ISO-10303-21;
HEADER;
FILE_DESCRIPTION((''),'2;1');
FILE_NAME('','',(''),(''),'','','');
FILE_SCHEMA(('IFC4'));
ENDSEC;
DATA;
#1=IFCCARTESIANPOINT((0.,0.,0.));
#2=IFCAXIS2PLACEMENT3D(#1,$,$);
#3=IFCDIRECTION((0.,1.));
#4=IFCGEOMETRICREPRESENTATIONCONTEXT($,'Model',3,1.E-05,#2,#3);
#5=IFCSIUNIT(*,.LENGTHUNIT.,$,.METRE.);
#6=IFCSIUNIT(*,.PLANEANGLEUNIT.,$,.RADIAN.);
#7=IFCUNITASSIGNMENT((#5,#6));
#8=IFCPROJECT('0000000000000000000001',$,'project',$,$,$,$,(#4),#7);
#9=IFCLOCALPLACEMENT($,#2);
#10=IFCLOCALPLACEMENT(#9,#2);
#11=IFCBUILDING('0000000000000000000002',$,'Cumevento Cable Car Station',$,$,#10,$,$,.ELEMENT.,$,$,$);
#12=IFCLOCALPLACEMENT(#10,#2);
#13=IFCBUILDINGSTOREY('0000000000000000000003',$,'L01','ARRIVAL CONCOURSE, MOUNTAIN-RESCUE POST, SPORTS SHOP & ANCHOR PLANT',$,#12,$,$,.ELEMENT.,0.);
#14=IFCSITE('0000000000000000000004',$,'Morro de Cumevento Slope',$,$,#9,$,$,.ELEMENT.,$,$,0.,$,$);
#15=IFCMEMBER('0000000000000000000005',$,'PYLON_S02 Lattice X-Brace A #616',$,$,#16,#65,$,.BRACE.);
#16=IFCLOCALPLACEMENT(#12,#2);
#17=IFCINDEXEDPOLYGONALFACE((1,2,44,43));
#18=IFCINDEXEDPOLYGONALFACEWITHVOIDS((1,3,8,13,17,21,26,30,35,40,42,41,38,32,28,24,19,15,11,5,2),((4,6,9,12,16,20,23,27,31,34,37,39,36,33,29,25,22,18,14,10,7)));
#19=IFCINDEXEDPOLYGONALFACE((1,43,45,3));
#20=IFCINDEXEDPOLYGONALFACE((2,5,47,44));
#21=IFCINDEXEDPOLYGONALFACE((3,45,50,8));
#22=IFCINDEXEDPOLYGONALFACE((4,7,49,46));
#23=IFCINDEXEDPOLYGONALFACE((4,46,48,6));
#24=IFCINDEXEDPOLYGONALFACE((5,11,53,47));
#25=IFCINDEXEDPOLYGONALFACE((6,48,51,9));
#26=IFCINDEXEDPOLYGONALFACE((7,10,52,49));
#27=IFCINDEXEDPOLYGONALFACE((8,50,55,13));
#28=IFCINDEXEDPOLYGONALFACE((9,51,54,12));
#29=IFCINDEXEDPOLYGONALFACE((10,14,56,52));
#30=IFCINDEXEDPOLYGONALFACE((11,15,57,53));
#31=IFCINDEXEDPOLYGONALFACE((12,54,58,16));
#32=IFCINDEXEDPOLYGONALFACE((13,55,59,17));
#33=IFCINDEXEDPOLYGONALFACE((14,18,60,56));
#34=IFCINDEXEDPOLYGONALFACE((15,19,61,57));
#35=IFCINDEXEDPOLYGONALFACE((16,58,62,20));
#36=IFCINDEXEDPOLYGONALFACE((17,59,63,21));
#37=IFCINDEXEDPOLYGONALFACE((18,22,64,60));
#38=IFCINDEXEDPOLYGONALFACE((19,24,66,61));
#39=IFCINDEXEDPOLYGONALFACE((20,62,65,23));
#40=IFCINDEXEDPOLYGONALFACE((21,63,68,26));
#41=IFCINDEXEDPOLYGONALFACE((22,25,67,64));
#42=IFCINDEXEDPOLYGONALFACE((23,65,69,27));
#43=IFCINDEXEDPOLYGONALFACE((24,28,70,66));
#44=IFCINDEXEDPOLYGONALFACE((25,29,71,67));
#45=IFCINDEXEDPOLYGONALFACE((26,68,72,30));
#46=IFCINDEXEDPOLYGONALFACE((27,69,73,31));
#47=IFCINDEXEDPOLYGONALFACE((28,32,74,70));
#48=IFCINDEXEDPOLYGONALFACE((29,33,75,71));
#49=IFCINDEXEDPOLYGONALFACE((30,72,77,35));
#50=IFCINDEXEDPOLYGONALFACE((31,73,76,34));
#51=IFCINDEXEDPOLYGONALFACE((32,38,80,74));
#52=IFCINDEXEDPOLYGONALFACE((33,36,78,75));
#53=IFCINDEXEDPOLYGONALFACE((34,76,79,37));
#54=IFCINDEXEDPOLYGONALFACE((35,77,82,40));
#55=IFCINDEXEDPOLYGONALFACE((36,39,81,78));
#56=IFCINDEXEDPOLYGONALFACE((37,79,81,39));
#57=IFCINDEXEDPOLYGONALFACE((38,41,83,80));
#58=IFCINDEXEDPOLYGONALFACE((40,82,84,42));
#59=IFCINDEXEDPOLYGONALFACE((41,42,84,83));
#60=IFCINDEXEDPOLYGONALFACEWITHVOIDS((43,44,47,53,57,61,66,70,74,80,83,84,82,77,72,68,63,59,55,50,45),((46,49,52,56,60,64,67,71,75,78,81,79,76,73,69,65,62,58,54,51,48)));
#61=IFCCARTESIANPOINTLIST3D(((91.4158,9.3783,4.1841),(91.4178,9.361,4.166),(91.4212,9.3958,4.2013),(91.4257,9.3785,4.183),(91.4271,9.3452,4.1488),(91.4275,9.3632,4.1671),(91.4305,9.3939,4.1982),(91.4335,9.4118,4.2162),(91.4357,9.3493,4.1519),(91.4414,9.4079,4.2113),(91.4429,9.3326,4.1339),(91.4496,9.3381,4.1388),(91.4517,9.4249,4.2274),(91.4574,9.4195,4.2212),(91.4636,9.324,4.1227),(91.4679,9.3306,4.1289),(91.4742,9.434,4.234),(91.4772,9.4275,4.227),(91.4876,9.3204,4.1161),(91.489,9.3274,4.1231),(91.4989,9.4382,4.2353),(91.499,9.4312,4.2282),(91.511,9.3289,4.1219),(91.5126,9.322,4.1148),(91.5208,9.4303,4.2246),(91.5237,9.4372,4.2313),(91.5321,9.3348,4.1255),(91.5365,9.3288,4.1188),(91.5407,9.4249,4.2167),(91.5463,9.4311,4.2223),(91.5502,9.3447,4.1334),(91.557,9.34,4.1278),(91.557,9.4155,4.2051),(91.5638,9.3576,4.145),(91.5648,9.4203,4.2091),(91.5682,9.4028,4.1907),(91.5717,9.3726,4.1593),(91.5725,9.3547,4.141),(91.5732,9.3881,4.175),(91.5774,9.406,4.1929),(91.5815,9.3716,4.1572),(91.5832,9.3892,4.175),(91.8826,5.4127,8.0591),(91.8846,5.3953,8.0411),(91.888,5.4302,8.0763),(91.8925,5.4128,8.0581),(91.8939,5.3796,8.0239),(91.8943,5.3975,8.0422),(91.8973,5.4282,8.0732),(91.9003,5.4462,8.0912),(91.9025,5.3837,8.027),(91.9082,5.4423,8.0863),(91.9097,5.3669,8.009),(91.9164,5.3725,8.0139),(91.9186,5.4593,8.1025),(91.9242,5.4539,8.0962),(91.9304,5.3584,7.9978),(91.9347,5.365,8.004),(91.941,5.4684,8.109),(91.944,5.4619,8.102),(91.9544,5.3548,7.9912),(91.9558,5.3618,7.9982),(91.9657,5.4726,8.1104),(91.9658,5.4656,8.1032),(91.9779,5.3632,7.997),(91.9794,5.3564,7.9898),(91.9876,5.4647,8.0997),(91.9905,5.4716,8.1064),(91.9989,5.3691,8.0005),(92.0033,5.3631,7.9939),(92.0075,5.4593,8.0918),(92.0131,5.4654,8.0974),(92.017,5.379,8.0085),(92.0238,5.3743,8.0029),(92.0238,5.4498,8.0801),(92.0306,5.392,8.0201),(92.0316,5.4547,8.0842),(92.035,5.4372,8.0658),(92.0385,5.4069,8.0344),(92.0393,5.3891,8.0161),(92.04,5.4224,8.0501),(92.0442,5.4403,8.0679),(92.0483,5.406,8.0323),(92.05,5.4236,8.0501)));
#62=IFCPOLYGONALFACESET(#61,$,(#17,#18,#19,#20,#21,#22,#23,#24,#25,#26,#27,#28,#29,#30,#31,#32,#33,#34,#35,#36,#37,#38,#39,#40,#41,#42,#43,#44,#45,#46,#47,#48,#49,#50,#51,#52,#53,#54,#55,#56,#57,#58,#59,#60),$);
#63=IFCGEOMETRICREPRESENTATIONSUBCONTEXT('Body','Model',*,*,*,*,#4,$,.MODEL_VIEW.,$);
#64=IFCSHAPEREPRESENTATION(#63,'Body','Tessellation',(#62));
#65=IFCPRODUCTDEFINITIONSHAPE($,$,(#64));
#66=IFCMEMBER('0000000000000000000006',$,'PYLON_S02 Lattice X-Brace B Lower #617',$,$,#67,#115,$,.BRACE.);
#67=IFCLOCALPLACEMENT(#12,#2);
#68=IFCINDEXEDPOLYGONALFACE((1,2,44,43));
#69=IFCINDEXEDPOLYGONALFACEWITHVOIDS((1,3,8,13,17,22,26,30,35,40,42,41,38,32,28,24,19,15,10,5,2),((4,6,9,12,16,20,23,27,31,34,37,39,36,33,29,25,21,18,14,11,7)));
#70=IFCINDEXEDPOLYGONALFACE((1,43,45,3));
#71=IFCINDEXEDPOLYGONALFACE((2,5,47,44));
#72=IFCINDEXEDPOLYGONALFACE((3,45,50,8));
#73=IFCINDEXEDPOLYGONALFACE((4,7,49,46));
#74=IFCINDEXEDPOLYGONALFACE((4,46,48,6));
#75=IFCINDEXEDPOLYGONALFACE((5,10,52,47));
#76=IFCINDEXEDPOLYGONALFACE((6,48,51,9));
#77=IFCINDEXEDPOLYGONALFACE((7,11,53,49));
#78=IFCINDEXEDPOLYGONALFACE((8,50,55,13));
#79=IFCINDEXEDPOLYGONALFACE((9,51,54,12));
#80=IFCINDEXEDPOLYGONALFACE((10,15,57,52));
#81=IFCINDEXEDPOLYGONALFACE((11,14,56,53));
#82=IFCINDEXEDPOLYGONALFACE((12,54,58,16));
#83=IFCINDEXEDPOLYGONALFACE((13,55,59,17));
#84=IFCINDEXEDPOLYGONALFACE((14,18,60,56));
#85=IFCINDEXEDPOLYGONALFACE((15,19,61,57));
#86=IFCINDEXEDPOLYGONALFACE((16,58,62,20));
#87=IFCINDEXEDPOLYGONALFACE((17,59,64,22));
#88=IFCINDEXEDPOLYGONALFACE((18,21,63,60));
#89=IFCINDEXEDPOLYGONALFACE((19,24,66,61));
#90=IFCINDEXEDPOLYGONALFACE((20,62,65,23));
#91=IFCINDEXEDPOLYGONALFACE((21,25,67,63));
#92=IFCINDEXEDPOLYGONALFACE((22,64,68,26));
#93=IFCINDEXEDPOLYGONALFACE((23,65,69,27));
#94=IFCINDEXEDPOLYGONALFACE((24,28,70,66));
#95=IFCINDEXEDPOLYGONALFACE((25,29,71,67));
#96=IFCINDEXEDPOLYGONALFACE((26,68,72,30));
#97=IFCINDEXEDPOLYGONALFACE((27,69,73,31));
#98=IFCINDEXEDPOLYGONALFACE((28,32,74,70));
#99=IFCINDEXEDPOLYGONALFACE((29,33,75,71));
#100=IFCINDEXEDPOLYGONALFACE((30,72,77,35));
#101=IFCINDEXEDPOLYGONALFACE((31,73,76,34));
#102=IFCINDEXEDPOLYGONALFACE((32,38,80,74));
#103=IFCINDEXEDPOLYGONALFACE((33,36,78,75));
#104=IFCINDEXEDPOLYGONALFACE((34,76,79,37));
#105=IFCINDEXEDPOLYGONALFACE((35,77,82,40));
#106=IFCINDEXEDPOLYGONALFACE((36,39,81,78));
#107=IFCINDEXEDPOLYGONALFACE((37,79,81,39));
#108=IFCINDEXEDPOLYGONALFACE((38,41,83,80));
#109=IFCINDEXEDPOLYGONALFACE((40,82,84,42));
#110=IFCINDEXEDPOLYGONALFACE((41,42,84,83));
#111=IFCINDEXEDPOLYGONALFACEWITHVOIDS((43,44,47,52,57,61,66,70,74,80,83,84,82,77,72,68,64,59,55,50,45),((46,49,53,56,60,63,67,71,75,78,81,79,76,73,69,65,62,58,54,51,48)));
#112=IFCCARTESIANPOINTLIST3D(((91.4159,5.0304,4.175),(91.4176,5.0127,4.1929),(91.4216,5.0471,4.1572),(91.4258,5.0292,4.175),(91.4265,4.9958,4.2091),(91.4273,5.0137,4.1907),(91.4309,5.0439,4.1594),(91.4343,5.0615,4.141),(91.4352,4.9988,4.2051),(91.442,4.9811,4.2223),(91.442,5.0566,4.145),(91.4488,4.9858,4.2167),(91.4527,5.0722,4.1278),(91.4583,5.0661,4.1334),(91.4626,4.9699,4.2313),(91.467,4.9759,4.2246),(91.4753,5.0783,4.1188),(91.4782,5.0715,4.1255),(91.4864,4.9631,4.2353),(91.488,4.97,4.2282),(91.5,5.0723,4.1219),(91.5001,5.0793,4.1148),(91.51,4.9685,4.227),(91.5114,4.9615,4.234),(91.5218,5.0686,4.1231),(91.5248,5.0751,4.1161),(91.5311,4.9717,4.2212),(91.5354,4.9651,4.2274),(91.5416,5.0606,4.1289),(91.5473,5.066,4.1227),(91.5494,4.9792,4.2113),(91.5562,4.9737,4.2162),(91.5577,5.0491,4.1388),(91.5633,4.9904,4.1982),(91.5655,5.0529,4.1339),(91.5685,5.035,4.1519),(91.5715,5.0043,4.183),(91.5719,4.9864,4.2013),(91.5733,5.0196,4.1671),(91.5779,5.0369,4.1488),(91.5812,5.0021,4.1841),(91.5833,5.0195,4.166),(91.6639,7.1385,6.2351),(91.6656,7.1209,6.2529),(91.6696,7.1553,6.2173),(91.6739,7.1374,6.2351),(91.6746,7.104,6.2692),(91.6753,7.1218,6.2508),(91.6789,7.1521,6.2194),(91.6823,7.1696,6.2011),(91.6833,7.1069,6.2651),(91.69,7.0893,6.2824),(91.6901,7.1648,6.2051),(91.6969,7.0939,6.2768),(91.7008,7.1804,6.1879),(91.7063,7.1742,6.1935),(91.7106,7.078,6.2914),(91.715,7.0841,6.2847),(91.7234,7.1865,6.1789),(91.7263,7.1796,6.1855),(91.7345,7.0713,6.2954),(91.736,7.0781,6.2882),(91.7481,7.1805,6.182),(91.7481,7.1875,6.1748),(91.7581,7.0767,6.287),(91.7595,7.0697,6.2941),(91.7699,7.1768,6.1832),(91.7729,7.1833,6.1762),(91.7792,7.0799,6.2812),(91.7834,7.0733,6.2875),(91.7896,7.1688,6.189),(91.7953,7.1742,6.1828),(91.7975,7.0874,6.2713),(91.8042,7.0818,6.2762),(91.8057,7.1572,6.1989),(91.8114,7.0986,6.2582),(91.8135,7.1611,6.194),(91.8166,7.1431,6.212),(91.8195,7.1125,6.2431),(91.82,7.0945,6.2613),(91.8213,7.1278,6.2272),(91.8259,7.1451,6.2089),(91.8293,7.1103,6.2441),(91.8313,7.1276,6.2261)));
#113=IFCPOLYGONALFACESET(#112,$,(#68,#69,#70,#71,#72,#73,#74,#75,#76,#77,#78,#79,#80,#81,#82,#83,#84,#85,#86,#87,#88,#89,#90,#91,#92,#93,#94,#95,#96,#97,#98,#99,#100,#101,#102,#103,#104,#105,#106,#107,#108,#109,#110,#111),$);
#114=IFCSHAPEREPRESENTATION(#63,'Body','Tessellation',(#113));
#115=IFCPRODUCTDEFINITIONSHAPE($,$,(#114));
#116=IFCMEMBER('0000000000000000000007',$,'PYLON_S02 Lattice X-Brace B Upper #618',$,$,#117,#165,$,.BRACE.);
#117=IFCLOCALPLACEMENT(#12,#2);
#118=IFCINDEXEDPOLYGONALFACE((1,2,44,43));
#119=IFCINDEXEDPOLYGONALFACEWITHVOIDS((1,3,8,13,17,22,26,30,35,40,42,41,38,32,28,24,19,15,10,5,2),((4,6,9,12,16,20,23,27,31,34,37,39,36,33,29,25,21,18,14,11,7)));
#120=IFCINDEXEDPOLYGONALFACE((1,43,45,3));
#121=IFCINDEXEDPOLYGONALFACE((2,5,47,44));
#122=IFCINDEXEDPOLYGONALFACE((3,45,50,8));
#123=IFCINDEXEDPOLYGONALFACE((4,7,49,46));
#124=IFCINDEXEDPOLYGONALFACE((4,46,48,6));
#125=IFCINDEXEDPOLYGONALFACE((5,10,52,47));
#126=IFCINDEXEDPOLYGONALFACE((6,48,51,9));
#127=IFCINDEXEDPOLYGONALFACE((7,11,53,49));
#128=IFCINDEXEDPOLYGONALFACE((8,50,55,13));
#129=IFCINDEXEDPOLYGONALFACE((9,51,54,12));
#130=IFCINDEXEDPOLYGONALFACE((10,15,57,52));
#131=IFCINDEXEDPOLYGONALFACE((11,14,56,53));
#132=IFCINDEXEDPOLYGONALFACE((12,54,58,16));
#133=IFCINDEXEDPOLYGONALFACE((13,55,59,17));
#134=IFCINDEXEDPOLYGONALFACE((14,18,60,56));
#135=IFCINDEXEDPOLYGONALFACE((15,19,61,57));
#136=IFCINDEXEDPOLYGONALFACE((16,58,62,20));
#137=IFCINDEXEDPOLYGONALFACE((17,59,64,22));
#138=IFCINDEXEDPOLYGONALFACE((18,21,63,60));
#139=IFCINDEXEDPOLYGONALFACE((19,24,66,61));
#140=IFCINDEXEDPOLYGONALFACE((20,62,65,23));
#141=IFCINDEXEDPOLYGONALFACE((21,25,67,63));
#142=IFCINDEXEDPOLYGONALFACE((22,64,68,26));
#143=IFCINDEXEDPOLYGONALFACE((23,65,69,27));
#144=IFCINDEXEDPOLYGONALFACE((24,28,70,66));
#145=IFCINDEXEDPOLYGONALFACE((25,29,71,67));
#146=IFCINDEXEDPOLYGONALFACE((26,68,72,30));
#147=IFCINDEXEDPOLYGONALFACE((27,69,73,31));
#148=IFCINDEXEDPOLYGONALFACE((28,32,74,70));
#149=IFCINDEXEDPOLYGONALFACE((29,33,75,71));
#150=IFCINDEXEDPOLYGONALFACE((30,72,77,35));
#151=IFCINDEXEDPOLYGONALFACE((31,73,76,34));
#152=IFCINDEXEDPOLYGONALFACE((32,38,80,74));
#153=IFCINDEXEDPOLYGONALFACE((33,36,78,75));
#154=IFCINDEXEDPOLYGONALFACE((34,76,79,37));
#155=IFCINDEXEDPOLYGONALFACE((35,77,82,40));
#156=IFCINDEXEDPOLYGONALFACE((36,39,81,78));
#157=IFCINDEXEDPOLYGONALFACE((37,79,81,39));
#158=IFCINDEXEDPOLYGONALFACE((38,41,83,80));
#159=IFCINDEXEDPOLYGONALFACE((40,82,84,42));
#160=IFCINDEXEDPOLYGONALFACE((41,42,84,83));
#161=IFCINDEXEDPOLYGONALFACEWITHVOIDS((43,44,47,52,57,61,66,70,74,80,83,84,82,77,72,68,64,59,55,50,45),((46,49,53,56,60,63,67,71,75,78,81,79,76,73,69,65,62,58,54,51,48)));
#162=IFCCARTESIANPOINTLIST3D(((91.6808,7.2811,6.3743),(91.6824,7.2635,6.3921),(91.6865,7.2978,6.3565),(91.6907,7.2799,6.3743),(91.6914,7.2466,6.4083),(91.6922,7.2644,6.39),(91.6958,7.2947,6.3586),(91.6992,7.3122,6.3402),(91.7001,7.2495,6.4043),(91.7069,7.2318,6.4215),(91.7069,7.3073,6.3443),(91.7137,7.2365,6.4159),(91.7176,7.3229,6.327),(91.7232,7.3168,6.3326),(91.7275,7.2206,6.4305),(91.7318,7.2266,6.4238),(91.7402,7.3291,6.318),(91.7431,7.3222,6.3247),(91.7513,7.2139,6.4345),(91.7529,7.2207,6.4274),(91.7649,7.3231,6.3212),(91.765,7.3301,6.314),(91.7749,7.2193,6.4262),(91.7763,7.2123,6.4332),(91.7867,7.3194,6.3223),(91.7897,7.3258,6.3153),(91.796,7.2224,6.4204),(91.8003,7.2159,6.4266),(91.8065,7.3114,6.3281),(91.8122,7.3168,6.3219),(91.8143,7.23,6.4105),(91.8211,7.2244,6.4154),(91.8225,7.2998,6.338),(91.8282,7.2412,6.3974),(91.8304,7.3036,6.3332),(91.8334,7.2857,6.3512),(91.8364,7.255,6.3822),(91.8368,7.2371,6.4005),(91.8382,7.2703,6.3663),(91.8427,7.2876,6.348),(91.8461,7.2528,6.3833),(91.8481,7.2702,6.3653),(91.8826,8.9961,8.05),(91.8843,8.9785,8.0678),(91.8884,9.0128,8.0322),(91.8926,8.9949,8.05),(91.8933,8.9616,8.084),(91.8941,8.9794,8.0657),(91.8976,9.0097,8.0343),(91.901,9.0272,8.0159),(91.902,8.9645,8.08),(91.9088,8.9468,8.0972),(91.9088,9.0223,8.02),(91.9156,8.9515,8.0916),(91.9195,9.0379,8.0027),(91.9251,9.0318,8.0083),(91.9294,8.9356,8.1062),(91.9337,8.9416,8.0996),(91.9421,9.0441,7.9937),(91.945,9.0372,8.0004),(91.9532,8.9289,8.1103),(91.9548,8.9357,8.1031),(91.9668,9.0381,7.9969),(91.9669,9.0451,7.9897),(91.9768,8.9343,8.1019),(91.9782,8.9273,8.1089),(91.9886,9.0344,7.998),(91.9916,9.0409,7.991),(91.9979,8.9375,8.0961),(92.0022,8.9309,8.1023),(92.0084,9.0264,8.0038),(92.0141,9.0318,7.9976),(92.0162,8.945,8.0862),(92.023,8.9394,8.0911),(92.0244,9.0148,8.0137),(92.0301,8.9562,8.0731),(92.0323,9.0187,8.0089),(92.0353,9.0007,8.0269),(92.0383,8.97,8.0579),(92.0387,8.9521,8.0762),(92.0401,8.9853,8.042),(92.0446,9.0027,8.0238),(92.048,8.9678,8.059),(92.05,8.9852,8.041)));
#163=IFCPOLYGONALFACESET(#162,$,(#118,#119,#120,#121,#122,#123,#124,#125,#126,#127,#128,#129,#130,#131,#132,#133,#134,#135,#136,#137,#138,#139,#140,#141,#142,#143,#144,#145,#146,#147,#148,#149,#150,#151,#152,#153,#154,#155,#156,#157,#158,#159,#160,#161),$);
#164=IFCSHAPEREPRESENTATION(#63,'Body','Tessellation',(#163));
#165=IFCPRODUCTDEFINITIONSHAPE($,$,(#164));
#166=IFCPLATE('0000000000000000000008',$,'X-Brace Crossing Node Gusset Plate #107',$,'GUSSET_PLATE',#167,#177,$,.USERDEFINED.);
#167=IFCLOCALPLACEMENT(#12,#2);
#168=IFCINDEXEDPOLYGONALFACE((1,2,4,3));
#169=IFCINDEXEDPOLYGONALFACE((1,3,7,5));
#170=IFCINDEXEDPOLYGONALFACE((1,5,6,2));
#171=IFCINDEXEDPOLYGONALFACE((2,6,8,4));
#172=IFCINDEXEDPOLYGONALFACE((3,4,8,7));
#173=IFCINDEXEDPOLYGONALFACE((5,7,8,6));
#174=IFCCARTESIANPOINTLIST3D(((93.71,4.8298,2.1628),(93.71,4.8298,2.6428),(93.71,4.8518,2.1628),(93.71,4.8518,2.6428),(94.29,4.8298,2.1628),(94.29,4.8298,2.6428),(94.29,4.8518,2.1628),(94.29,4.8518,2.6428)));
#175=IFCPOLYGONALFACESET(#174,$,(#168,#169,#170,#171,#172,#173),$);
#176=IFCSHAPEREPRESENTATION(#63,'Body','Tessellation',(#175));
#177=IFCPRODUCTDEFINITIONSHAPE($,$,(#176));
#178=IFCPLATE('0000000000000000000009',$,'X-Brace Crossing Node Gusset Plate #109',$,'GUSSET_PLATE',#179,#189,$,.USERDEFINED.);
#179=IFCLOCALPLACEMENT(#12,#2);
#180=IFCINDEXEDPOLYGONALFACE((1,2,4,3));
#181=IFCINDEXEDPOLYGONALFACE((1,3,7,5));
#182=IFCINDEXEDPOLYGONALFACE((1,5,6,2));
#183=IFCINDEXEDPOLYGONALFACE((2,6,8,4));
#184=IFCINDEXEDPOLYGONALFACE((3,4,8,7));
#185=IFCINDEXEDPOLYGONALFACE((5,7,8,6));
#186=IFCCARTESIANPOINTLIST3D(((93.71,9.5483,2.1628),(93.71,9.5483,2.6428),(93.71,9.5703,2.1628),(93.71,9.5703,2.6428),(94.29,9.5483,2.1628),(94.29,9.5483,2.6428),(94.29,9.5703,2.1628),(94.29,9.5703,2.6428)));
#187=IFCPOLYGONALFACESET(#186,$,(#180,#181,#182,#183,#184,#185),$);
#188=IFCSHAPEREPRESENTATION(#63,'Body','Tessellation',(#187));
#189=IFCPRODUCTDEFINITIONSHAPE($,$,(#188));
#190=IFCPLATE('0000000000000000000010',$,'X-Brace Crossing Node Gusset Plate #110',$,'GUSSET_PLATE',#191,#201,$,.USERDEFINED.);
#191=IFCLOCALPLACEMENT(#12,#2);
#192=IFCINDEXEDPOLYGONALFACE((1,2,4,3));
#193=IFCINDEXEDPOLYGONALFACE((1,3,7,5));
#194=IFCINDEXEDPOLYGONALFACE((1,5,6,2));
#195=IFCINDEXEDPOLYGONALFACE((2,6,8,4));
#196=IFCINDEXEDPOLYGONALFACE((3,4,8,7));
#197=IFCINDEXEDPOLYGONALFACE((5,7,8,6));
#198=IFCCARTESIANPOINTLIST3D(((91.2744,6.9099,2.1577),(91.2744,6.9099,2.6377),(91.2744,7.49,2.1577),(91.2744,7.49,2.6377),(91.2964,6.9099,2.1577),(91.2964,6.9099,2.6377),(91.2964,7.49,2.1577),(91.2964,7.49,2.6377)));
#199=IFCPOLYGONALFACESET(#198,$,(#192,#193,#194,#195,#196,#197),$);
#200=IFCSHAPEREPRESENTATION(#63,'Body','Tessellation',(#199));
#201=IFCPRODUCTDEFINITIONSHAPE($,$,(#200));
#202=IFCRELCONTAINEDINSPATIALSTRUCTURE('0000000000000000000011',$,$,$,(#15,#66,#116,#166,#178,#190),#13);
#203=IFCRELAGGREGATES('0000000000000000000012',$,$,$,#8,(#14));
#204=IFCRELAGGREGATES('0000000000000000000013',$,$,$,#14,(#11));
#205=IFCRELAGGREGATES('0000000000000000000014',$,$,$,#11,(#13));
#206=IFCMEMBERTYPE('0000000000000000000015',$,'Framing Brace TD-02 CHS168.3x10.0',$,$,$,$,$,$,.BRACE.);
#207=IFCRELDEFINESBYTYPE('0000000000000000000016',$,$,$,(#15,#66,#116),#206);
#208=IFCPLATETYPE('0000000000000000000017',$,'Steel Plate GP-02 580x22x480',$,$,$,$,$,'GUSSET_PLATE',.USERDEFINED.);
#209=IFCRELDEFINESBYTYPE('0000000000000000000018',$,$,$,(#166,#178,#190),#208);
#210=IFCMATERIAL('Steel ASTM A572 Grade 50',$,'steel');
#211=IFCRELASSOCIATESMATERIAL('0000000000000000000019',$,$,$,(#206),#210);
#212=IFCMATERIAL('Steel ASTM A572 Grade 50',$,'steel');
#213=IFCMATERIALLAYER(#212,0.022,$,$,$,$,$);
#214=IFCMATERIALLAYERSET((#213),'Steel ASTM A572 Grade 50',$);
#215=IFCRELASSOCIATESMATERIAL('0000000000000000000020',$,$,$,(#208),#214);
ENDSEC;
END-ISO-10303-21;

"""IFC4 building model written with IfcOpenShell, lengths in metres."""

from ifc_helpers import new_model, si_unit, direction, frame, origin, origin_2d, place, context, subcontext, project, spatial, rectangle, hollow_circle, extrude, material, layer, layer_set, material_profile, profile_set, type_object, element, save


model = new_model("IFC4")

# Units and contexts
model_context = context("Model", 3, precision=1e-05, world=origin(), true_north=direction((0.0, 1.0)))
body_context = subcontext(model_context, "Body", "Model", "MODEL_VIEW")
ifc_project = project(units=[si_unit("LENGTHUNIT", "METRE"), si_unit("PLANEANGLEUNIT", "RADIAN")], contexts=[model_context])

# Site, building, storey
site_placement = place(None, origin())
site = spatial("IfcSite", under=ifc_project, at=site_placement, Name="Morro de Cumevento Slope", CompositionType="ELEMENT", RefElevation=0.0)
building_placement = place(site_placement, origin())
building = spatial("IfcBuilding", under=site, at=building_placement, Name="Cumevento Cable Car Station", CompositionType="ELEMENT")
storey_placement = place(building_placement, origin())
storey = spatial("IfcBuildingStorey", under=building, at=storey_placement, Name="L01", Description="ARRIVAL CONCOURSE, MOUNTAIN-RESCUE POST, SPORTS SHOP & ANCHOR PLANT", CompositionType="ELEMENT", Elevation=0.0)

# Members
ifc_material_1 = material(Name="Steel ASTM A572 Grade 50", Category="steel")
ifc_material_profile_1 = material_profile(ifc_material_1, hollow_circle(Radius=0.0842, WallThickness=0.01, at=origin_2d()), Name="CHS168.3x10.0")
ifc_profile_set_1 = profile_set([ifc_material_profile_1], Name="Steel ASTM A572 Grade 50")
member_type_1 = type_object("IfcMemberType", Name="Framing Brace TD-02 CHS168.3x10.0", PredefinedType="BRACE", material=ifc_profile_set_1)
member_1_placement = place(storey_placement, frame((91.4995, 9.3794, 4.175), z_axis=(0.083894, -0.712706, 0.696428), x_axis=(0.993143, 0.116905, 0.0)))
element("IfcMember", 1, at=member_1_placement, inside=storey, type_object=member_type_1, Name="PYLON_S02 Lattice X-Brace A #616", PredefinedType="BRACE", context=body_context, shape_type="SweptSolid", body=[
    extrude(hollow_circle(Radius=0.0842, WallThickness=0.01, at=origin_2d()), origin(), (0.0, 0.0, 1.0), 5.5642),
])
member_2_placement = place(storey_placement, frame((91.4995, 5.0205, 4.175), z_axis=(0.083857, 0.712699, 0.69644), x_axis=(-0.993149, 0.116855, 0.0)))
element("IfcMember", 2, at=member_2_placement, inside=storey, type_object=member_type_1, Name="PYLON_S02 Lattice X-Brace B Lower #617", PredefinedType="BRACE", context=body_context, shape_type="SweptSolid", body=[
    extrude(hollow_circle(Radius=0.0842, WallThickness=0.01, at=origin_2d()), origin(), (0.0, 0.0, 1.0), 2.958),
])
member_3_placement = place(storey_placement, frame((91.7644, 7.2712, 6.3743), z_axis=(0.083905, 0.712733, 0.696399), x_axis=(-0.993142, 0.116915, 0.0)))
element("IfcMember", 3, at=member_3_placement, inside=storey, type_object=member_type_1, Name="PYLON_S02 Lattice X-Brace B Upper #618", PredefinedType="BRACE", context=body_context, shape_type="SweptSolid", body=[
    extrude(hollow_circle(Radius=0.0842, WallThickness=0.01, at=origin_2d()), origin(), (0.0, 0.0, 1.0), 2.4062),
])

# Plates
ifc_material_2 = material(Name="Steel ASTM A572 Grade 50", Category="steel")
ifc_layer = layer(ifc_material_2, 0.022)
ifc_layer_set = layer_set([ifc_layer], Name="Steel ASTM A572 Grade 50")
plate_type = type_object("IfcPlateType", Name="Steel Plate GP-02 580x22x480", ElementType="GUSSET_PLATE", PredefinedType="USERDEFINED", material=ifc_layer_set)
for number, where, z_axis, x_axis, name in (
    (4, (94.0, 4.8408, 2.1628), (0.0, 0.0, 1.0), (1.0, 0.0, 0.0), "X-Brace Crossing Node Gusset Plate #107"),
    (5, (94.0, 9.5593, 2.1628), (0.0, 0.0, 1.0), (1.0, 0.0, 0.0), "X-Brace Crossing Node Gusset Plate #109"),
    (6, (91.2854, 7.2, 2.1577), (0.0, 0.0, 1.0), (0.0, 1.0, 0.0), "X-Brace Crossing Node Gusset Plate #110"),
):
    element("IfcPlate", number, at=place(storey_placement, frame(where, z_axis=z_axis, x_axis=x_axis)), inside=storey, type_object=plate_type, Name=name, ObjectType="GUSSET_PLATE", PredefinedType="USERDEFINED", context=body_context, shape_type="SweptSolid", body=[
        extrude(rectangle(XDim=0.5801, YDim=0.022, at=origin_2d()), origin(), (0.0, 0.0, 1.0), 0.48),
    ])

save(model, "model.ifc")
